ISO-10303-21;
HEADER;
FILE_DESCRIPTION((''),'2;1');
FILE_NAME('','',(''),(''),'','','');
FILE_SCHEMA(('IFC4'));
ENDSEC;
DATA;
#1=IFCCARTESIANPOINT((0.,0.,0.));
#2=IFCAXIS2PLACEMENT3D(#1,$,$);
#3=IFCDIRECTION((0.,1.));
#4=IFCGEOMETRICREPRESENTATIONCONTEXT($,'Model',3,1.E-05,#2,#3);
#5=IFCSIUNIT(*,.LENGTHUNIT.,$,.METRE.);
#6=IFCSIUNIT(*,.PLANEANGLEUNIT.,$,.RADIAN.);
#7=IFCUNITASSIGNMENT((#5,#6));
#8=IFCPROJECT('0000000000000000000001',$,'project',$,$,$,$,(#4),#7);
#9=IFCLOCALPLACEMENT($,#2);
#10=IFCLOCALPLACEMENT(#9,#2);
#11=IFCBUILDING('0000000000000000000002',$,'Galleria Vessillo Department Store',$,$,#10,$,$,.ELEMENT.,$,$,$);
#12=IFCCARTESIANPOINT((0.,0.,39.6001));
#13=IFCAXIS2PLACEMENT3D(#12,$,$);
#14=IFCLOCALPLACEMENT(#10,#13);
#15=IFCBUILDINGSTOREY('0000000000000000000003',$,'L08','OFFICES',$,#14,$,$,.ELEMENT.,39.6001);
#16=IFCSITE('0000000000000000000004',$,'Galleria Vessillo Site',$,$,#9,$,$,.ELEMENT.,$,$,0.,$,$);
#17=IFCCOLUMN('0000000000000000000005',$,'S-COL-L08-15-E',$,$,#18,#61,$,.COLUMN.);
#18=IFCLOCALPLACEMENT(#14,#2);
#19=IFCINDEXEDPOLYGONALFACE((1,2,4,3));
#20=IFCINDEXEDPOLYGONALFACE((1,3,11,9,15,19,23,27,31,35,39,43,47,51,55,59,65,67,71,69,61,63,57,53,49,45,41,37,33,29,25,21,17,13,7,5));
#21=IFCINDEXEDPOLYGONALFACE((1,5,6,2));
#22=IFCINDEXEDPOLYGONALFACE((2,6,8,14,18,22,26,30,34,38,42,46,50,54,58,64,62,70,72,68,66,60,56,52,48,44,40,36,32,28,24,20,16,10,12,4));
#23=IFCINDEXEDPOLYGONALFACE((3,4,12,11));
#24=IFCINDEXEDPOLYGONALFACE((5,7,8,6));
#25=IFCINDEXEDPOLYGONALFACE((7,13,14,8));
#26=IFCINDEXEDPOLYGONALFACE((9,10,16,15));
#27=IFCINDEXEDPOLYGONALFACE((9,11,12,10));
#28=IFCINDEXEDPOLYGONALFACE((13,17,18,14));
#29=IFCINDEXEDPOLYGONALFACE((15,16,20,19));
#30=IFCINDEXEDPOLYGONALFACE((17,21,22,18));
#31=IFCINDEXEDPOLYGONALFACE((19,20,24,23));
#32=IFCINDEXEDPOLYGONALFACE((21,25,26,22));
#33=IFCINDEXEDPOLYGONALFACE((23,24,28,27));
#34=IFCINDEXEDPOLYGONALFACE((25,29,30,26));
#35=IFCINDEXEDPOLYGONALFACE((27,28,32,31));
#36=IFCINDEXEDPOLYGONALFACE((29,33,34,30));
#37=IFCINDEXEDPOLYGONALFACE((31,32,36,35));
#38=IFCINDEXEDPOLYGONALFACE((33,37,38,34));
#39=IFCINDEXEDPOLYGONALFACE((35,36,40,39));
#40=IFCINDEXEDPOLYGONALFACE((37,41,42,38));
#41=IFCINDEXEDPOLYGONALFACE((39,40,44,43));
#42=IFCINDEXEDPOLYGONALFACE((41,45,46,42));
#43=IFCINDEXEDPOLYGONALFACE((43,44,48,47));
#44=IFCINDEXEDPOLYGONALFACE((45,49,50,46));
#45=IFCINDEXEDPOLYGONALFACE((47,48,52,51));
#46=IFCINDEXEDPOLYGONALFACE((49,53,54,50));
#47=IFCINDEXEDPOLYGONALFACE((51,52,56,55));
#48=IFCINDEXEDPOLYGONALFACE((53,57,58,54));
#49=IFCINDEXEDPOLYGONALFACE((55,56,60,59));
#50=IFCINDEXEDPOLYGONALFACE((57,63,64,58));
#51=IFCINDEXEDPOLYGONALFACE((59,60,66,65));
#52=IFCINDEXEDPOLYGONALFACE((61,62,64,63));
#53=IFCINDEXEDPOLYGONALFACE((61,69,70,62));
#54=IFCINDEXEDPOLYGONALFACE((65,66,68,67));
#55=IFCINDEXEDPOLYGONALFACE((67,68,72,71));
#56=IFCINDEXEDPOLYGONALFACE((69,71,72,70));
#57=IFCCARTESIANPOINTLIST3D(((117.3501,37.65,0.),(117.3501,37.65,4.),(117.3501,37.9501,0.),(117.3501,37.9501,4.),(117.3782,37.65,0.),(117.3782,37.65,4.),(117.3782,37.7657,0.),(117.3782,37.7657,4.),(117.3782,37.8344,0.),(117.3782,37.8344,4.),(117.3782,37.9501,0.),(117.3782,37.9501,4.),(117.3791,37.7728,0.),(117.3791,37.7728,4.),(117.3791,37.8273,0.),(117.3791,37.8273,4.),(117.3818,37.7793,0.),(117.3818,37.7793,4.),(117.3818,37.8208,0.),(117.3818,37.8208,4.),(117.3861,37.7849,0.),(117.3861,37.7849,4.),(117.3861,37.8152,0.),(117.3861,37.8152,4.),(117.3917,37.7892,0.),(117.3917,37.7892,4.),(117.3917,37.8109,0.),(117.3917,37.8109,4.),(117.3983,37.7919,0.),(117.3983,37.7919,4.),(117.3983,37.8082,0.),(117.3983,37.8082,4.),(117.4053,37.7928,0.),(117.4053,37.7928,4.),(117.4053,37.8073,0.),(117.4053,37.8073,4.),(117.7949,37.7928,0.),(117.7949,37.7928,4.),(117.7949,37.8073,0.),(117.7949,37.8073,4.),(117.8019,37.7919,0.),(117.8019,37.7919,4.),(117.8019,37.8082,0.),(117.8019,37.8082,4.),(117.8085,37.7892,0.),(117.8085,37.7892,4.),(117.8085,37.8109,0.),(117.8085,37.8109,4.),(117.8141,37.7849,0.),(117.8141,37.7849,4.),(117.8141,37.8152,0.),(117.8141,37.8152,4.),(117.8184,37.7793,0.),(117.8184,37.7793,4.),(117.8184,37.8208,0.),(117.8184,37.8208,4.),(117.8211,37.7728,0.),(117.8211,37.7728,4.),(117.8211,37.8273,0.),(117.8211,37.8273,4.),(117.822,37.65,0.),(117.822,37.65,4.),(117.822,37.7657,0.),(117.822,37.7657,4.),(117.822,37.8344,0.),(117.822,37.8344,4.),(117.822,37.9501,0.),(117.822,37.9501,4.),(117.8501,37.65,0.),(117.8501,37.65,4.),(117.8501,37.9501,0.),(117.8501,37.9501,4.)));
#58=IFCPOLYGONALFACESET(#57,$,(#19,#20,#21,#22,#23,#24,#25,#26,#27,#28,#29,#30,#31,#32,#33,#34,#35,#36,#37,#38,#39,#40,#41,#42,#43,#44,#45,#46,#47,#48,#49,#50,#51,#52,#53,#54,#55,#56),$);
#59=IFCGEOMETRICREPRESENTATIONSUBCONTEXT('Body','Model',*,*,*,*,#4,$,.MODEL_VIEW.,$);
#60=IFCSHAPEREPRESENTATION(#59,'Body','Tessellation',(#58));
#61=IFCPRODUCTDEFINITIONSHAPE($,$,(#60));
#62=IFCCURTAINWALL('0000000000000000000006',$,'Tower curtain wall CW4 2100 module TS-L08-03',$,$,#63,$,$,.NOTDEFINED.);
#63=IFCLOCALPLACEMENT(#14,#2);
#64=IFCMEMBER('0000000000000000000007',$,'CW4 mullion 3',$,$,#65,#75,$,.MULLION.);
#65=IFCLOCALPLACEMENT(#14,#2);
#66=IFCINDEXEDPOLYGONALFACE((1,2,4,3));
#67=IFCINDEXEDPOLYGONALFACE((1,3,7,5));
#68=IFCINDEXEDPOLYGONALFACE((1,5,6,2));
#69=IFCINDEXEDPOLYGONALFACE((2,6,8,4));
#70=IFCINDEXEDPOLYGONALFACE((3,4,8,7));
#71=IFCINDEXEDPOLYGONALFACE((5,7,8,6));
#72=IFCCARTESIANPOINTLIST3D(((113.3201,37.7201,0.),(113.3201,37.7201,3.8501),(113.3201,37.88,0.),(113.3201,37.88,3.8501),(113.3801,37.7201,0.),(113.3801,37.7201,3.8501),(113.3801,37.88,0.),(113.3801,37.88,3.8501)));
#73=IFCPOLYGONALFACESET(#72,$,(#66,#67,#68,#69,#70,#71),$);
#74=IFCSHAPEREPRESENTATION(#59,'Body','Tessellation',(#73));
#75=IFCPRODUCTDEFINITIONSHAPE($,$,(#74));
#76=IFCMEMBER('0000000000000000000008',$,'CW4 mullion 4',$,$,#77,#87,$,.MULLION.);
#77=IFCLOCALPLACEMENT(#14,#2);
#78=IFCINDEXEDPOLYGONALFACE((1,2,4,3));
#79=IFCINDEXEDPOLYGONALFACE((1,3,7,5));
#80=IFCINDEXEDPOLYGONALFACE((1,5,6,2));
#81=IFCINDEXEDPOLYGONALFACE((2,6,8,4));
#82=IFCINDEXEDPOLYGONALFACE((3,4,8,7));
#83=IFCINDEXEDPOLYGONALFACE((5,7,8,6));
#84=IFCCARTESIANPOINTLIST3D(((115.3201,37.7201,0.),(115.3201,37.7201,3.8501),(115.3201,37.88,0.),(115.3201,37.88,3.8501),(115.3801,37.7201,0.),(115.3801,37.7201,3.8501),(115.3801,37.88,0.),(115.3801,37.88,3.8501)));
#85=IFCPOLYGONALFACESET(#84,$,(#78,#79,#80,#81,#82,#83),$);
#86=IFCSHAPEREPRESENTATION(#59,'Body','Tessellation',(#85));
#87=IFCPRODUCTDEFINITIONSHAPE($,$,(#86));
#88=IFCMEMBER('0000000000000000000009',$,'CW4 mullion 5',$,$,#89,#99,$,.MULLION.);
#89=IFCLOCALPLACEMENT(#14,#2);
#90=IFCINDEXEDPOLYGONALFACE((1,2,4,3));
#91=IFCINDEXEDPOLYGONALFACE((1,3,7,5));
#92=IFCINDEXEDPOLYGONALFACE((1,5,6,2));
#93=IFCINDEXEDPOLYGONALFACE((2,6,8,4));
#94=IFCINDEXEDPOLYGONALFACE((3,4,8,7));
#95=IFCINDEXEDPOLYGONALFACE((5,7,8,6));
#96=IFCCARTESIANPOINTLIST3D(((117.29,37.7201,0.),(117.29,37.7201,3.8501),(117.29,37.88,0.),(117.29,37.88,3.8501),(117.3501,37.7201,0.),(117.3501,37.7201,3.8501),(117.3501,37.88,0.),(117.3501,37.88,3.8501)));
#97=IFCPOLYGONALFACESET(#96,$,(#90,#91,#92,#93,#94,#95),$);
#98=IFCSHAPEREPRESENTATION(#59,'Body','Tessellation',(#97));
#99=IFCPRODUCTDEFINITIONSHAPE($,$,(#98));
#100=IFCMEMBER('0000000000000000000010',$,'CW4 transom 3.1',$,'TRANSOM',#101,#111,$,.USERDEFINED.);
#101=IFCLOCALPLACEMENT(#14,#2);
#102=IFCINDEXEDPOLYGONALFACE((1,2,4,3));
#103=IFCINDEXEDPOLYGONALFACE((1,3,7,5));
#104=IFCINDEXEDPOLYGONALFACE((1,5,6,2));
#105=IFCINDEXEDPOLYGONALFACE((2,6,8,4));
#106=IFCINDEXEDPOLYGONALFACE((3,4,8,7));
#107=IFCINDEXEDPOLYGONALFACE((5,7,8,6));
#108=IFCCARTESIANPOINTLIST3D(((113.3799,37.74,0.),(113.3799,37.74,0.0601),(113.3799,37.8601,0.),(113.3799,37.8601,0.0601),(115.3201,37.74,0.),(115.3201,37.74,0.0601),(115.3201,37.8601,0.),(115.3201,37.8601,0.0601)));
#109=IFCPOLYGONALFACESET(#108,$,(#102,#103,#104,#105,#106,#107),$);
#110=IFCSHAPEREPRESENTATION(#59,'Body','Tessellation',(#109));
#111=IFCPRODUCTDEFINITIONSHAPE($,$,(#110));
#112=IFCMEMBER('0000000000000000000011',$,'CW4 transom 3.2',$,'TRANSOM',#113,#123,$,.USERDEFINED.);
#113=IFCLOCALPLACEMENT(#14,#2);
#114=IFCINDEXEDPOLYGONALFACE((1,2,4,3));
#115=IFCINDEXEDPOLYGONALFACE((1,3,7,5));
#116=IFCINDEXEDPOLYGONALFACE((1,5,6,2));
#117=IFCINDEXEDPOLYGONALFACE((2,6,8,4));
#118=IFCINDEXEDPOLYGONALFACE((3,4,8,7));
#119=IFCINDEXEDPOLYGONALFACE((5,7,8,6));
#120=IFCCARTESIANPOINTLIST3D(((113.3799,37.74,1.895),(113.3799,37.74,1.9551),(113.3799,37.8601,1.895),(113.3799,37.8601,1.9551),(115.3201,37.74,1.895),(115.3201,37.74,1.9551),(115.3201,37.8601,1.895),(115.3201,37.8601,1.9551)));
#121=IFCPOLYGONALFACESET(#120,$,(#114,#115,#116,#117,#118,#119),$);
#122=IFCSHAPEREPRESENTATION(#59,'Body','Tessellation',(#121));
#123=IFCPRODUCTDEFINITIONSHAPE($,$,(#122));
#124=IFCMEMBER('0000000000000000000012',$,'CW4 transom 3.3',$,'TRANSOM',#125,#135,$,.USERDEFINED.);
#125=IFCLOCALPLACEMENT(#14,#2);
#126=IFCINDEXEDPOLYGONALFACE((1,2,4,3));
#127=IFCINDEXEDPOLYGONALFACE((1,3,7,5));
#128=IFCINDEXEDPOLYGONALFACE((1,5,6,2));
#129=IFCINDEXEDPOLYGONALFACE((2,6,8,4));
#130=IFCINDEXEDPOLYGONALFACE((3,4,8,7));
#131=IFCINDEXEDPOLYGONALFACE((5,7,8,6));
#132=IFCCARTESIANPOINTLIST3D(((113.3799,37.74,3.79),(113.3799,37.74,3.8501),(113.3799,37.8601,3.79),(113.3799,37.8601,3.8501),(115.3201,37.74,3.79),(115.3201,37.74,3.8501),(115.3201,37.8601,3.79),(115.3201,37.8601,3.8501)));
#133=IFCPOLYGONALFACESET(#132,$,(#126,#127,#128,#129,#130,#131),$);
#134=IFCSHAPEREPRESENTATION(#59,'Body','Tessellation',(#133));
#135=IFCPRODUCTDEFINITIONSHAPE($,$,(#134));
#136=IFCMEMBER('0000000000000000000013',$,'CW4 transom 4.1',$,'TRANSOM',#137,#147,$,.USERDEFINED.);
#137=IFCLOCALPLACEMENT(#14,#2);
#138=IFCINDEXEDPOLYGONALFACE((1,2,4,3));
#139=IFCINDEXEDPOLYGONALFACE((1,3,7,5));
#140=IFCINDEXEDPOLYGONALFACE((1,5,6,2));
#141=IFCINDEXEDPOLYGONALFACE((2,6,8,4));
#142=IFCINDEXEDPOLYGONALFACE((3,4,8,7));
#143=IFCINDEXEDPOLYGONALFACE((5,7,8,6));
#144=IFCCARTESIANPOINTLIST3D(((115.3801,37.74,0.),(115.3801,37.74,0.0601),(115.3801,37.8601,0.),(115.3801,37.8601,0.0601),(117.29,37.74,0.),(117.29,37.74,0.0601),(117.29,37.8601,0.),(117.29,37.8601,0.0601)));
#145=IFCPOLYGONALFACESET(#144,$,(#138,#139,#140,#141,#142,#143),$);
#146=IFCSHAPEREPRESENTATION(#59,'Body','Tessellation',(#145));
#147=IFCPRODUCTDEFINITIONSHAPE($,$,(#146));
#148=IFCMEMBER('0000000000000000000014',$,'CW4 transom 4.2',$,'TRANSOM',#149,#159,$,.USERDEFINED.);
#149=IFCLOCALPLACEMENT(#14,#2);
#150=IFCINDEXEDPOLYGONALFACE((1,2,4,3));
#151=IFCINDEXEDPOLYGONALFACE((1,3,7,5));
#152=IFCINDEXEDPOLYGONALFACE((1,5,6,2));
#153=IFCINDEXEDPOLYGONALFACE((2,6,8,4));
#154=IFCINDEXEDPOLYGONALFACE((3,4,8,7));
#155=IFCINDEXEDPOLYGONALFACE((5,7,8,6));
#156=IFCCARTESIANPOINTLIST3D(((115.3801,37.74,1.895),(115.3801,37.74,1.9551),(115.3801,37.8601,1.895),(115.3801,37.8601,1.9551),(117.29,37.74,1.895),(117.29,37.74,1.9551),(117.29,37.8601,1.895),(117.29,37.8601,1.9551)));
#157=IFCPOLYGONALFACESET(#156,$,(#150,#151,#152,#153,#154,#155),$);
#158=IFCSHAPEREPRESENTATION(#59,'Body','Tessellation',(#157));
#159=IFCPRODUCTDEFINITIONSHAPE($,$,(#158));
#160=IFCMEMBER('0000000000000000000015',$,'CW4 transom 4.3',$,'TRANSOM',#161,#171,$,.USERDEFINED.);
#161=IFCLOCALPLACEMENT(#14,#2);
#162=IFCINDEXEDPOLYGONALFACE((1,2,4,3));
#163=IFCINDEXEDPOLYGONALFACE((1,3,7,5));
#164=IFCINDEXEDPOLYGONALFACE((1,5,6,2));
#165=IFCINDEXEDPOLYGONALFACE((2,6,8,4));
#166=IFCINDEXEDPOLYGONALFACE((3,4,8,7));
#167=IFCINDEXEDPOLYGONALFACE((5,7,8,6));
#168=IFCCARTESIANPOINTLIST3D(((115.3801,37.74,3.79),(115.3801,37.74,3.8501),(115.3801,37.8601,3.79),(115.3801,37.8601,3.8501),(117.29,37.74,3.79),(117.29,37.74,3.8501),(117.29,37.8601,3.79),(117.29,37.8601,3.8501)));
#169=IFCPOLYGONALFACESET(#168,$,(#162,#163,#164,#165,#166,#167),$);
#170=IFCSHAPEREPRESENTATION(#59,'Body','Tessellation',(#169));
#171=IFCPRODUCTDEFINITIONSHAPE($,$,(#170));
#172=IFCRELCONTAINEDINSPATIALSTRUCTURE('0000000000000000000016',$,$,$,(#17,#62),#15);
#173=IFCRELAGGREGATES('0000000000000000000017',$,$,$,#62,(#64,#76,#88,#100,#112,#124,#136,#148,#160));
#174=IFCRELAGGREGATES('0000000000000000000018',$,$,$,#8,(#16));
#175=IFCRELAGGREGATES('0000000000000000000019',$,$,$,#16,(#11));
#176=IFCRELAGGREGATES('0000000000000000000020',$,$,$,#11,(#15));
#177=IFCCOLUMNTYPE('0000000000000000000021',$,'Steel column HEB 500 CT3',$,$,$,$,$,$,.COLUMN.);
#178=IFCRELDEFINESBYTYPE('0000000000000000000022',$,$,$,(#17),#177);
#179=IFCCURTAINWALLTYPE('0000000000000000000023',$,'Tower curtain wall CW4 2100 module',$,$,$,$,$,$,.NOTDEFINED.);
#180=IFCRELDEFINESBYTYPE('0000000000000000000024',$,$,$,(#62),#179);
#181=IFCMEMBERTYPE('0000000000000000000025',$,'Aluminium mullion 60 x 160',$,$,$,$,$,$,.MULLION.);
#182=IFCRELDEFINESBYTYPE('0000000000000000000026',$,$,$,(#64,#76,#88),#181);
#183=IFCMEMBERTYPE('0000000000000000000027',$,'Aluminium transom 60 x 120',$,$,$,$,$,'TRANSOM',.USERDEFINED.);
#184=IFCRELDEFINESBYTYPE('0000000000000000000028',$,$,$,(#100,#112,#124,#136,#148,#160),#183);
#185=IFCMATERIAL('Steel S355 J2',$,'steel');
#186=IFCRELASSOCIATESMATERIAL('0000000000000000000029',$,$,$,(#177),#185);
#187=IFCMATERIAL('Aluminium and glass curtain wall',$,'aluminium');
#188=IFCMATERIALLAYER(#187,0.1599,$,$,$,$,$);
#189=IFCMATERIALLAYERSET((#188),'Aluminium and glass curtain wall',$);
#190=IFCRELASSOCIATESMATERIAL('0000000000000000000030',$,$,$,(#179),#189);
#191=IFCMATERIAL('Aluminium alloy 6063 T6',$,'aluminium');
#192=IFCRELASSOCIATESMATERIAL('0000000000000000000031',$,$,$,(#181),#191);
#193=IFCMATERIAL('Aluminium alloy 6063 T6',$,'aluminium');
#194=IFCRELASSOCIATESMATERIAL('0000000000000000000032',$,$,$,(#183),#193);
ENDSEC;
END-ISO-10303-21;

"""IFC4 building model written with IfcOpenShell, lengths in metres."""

from ifc_helpers import new_model, si_unit, direction, frame, origin, origin_2d, place, context, subcontext, project, spatial, rectangle, i_section, extrude, material, layer, layer_set, material_profile, profile_set, type_object, element, aggregate, save


model = new_model("IFC4")

# Units and contexts
model_context = context("Model", 3, precision=1e-05, world=origin(), true_north=direction((0.0, 1.0)))
body_context = subcontext(model_context, "Body", "Model", "MODEL_VIEW")
ifc_project = project(units=[si_unit("LENGTHUNIT", "METRE"), si_unit("PLANEANGLEUNIT", "RADIAN")], contexts=[model_context])

# Site, building, storey
site_placement = place(None, origin())
site = spatial("IfcSite", under=ifc_project, at=site_placement, Name="Galleria Vessillo Site", CompositionType="ELEMENT", RefElevation=0.0)
building_placement = place(site_placement, origin())
building = spatial("IfcBuilding", under=site, at=building_placement, Name="Galleria Vessillo Department Store", CompositionType="ELEMENT")
storey_placement = place(building_placement, frame((0.0, 0.0, 39.6001)))
storey = spatial("IfcBuildingStorey", under=building, at=storey_placement, Name="L08", Description="OFFICES", CompositionType="ELEMENT", Elevation=39.6001)

# Column
ifc_material_1 = material(Name="Steel S355 J2", Category="steel")
ifc_material_profile_1 = material_profile(ifc_material_1, i_section(OverallWidth=0.3, OverallDepth=0.5, WebThickness=0.0144, FlangeThickness=0.0281, FilletRadius=0.0271, at=origin_2d()), Name="HEB 500")
ifc_profile_set_1 = profile_set([ifc_material_profile_1], Name="Steel S355 J2")
column_type = type_object("IfcColumnType", Name="Steel column HEB 500 CT3", PredefinedType="COLUMN", material=ifc_profile_set_1)
column_placement = place(storey_placement, frame((117.6001, 37.8, 0.0), z_axis=(0.0, 0.0, 1.0), x_axis=(0.0, 1.0, 0.0)))
element("IfcColumn", 1, at=column_placement, inside=storey, type_object=column_type, Name="S-COL-L08-15-E", PredefinedType="COLUMN", context=body_context, shape_type="SweptSolid", body=[
    extrude(i_section(OverallWidth=0.3, OverallDepth=0.5, WebThickness=0.0144, FlangeThickness=0.0281, FilletRadius=0.0271, at=origin_2d()), origin(), (0.0, 0.0, 1.0), 4.0),
])

# Curtain wall, members
ifc_material_2 = material(Name="Aluminium and glass curtain wall", Category="aluminium")
ifc_layer_1 = layer(ifc_material_2, 0.1599)
ifc_layer_set_1 = layer_set([ifc_layer_1], Name="Aluminium and glass curtain wall")
curtain_wall_type = type_object("IfcCurtainWallType", Name="Tower curtain wall CW4 2100 module", PredefinedType="NOTDEFINED", material=ifc_layer_set_1)
curtain_wall_placement = place(storey_placement, origin())
curtain_wall = element("IfcCurtainWall", 2, at=curtain_wall_placement, inside=storey, type_object=curtain_wall_type, Name="Tower curtain wall CW4 2100 module TS-L08-03", PredefinedType="NOTDEFINED")
ifc_material_3 = material(Name="Aluminium alloy 6063 T6", Category="aluminium")
ifc_material_profile_2 = material_profile(ifc_material_3, rectangle(XDim=0.1599, YDim=0.0601, at=origin_2d()), Name="AL 60x160")
ifc_profile_set_2 = profile_set([ifc_material_profile_2], Name="Aluminium alloy 6063 T6")
member_type_1 = type_object("IfcMemberType", Name="Aluminium mullion 60 x 160", PredefinedType="MULLION", material=ifc_profile_set_2)
member_1_placement = place(storey_placement, frame((113.3501, 37.8, 0.0), z_axis=(0.0, 0.0, 1.0), x_axis=(0.0, 1.0, 0.0)))
member_1 = element("IfcMember", 3, at=member_1_placement, type_object=member_type_1, Name="CW4 mullion 3", PredefinedType="MULLION", context=body_context, shape_type="SweptSolid", body=[
    extrude(rectangle(XDim=0.1599, YDim=0.0601, at=origin_2d()), origin(), (0.0, 0.0, 1.0), 3.8501),
])
member_2_placement = place(storey_placement, frame((115.3501, 37.8, 0.0), z_axis=(0.0, 0.0, 1.0), x_axis=(0.0, 1.0, 0.0)))
member_2 = element("IfcMember", 4, at=member_2_placement, type_object=member_type_1, Name="CW4 mullion 4", PredefinedType="MULLION", context=body_context, shape_type="SweptSolid", body=[
    extrude(rectangle(XDim=0.1599, YDim=0.0601, at=origin_2d()), origin(), (0.0, 0.0, 1.0), 3.8501),
])
member_3_placement = place(storey_placement, frame((117.3201, 37.8, 0.0), z_axis=(0.0, 0.0, 1.0), x_axis=(0.0, 1.0, 0.0)))
member_3 = element("IfcMember", 5, at=member_3_placement, type_object=member_type_1, Name="CW4 mullion 5", PredefinedType="MULLION", context=body_context, shape_type="SweptSolid", body=[
    extrude(rectangle(XDim=0.1599, YDim=0.0601, at=origin_2d()), origin(), (0.0, 0.0, 1.0), 3.8501),
])
ifc_material_4 = material(Name="Aluminium alloy 6063 T6", Category="aluminium")
ifc_material_profile_3 = material_profile(ifc_material_4, rectangle(XDim=0.1201, YDim=0.0601, at=origin_2d()), Name="AL 60x120")
ifc_profile_set_3 = profile_set([ifc_material_profile_3], Name="Aluminium alloy 6063 T6")
member_type_2 = type_object("IfcMemberType", Name="Aluminium transom 60 x 120", ElementType="TRANSOM", PredefinedType="USERDEFINED", material=ifc_profile_set_3)
member_4_placement = place(storey_placement, frame((113.3799, 37.8, 0.03), z_axis=(1.0, 0.0, 0.0), x_axis=(0.0, 1.0, 0.0)))
member_4 = element("IfcMember", 6, at=member_4_placement, type_object=member_type_2, Name="CW4 transom 3.1", ObjectType="TRANSOM", PredefinedType="USERDEFINED", context=body_context, shape_type="SweptSolid", body=[
    extrude(rectangle(XDim=0.1201, YDim=0.0601, at=origin_2d()), origin(), (0.0, 0.0, 1.0), 1.9402),
])
member_5_placement = place(storey_placement, frame((113.3799, 37.8, 1.925), z_axis=(1.0, 0.0, 0.0), x_axis=(0.0, 1.0, 0.0)))
member_5 = element("IfcMember", 7, at=member_5_placement, type_object=member_type_2, Name="CW4 transom 3.2", ObjectType="TRANSOM", PredefinedType="USERDEFINED", context=body_context, shape_type="SweptSolid", body=[
    extrude(rectangle(XDim=0.1201, YDim=0.0601, at=origin_2d()), origin(), (0.0, 0.0, 1.0), 1.9402),
])
member_6_placement = place(storey_placement, frame((113.3799, 37.8, 3.8201), z_axis=(1.0, 0.0, 0.0), x_axis=(0.0, 1.0, 0.0)))
member_6 = element("IfcMember", 8, at=member_6_placement, type_object=member_type_2, Name="CW4 transom 3.3", ObjectType="TRANSOM", PredefinedType="USERDEFINED", context=body_context, shape_type="SweptSolid", body=[
    extrude(rectangle(XDim=0.1201, YDim=0.0601, at=origin_2d()), origin(), (0.0, 0.0, 1.0), 1.9402),
])
member_7_placement = place(storey_placement, frame((115.3801, 37.8, 0.03), z_axis=(1.0, 0.0, 0.0), x_axis=(0.0, 1.0, 0.0)))
member_7 = element("IfcMember", 9, at=member_7_placement, type_object=member_type_2, Name="CW4 transom 4.1", ObjectType="TRANSOM", PredefinedType="USERDEFINED", context=body_context, shape_type="SweptSolid", body=[
    extrude(rectangle(XDim=0.1201, YDim=0.0601, at=origin_2d()), origin(), (0.0, 0.0, 1.0), 1.9099),
])
member_8_placement = place(storey_placement, frame((115.3801, 37.8, 1.925), z_axis=(1.0, 0.0, 0.0), x_axis=(0.0, 1.0, 0.0)))
member_8 = element("IfcMember", 10, at=member_8_placement, type_object=member_type_2, Name="CW4 transom 4.2", ObjectType="TRANSOM", PredefinedType="USERDEFINED", context=body_context, shape_type="SweptSolid", body=[
    extrude(rectangle(XDim=0.1201, YDim=0.0601, at=origin_2d()), origin(), (0.0, 0.0, 1.0), 1.9099),
])
member_9_placement = place(storey_placement, frame((115.3801, 37.8, 3.8201), z_axis=(1.0, 0.0, 0.0), x_axis=(0.0, 1.0, 0.0)))
member_9 = element("IfcMember", 11, at=member_9_placement, type_object=member_type_2, Name="CW4 transom 4.3", ObjectType="TRANSOM", PredefinedType="USERDEFINED", context=body_context, shape_type="SweptSolid", body=[
    extrude(rectangle(XDim=0.1201, YDim=0.0601, at=origin_2d()), origin(), (0.0, 0.0, 1.0), 1.9099),
])

aggregate(curtain_wall, [member_1, member_2, member_3, member_4, member_5, member_6, member_7, member_8, member_9])

save(model, "model.ifc")
